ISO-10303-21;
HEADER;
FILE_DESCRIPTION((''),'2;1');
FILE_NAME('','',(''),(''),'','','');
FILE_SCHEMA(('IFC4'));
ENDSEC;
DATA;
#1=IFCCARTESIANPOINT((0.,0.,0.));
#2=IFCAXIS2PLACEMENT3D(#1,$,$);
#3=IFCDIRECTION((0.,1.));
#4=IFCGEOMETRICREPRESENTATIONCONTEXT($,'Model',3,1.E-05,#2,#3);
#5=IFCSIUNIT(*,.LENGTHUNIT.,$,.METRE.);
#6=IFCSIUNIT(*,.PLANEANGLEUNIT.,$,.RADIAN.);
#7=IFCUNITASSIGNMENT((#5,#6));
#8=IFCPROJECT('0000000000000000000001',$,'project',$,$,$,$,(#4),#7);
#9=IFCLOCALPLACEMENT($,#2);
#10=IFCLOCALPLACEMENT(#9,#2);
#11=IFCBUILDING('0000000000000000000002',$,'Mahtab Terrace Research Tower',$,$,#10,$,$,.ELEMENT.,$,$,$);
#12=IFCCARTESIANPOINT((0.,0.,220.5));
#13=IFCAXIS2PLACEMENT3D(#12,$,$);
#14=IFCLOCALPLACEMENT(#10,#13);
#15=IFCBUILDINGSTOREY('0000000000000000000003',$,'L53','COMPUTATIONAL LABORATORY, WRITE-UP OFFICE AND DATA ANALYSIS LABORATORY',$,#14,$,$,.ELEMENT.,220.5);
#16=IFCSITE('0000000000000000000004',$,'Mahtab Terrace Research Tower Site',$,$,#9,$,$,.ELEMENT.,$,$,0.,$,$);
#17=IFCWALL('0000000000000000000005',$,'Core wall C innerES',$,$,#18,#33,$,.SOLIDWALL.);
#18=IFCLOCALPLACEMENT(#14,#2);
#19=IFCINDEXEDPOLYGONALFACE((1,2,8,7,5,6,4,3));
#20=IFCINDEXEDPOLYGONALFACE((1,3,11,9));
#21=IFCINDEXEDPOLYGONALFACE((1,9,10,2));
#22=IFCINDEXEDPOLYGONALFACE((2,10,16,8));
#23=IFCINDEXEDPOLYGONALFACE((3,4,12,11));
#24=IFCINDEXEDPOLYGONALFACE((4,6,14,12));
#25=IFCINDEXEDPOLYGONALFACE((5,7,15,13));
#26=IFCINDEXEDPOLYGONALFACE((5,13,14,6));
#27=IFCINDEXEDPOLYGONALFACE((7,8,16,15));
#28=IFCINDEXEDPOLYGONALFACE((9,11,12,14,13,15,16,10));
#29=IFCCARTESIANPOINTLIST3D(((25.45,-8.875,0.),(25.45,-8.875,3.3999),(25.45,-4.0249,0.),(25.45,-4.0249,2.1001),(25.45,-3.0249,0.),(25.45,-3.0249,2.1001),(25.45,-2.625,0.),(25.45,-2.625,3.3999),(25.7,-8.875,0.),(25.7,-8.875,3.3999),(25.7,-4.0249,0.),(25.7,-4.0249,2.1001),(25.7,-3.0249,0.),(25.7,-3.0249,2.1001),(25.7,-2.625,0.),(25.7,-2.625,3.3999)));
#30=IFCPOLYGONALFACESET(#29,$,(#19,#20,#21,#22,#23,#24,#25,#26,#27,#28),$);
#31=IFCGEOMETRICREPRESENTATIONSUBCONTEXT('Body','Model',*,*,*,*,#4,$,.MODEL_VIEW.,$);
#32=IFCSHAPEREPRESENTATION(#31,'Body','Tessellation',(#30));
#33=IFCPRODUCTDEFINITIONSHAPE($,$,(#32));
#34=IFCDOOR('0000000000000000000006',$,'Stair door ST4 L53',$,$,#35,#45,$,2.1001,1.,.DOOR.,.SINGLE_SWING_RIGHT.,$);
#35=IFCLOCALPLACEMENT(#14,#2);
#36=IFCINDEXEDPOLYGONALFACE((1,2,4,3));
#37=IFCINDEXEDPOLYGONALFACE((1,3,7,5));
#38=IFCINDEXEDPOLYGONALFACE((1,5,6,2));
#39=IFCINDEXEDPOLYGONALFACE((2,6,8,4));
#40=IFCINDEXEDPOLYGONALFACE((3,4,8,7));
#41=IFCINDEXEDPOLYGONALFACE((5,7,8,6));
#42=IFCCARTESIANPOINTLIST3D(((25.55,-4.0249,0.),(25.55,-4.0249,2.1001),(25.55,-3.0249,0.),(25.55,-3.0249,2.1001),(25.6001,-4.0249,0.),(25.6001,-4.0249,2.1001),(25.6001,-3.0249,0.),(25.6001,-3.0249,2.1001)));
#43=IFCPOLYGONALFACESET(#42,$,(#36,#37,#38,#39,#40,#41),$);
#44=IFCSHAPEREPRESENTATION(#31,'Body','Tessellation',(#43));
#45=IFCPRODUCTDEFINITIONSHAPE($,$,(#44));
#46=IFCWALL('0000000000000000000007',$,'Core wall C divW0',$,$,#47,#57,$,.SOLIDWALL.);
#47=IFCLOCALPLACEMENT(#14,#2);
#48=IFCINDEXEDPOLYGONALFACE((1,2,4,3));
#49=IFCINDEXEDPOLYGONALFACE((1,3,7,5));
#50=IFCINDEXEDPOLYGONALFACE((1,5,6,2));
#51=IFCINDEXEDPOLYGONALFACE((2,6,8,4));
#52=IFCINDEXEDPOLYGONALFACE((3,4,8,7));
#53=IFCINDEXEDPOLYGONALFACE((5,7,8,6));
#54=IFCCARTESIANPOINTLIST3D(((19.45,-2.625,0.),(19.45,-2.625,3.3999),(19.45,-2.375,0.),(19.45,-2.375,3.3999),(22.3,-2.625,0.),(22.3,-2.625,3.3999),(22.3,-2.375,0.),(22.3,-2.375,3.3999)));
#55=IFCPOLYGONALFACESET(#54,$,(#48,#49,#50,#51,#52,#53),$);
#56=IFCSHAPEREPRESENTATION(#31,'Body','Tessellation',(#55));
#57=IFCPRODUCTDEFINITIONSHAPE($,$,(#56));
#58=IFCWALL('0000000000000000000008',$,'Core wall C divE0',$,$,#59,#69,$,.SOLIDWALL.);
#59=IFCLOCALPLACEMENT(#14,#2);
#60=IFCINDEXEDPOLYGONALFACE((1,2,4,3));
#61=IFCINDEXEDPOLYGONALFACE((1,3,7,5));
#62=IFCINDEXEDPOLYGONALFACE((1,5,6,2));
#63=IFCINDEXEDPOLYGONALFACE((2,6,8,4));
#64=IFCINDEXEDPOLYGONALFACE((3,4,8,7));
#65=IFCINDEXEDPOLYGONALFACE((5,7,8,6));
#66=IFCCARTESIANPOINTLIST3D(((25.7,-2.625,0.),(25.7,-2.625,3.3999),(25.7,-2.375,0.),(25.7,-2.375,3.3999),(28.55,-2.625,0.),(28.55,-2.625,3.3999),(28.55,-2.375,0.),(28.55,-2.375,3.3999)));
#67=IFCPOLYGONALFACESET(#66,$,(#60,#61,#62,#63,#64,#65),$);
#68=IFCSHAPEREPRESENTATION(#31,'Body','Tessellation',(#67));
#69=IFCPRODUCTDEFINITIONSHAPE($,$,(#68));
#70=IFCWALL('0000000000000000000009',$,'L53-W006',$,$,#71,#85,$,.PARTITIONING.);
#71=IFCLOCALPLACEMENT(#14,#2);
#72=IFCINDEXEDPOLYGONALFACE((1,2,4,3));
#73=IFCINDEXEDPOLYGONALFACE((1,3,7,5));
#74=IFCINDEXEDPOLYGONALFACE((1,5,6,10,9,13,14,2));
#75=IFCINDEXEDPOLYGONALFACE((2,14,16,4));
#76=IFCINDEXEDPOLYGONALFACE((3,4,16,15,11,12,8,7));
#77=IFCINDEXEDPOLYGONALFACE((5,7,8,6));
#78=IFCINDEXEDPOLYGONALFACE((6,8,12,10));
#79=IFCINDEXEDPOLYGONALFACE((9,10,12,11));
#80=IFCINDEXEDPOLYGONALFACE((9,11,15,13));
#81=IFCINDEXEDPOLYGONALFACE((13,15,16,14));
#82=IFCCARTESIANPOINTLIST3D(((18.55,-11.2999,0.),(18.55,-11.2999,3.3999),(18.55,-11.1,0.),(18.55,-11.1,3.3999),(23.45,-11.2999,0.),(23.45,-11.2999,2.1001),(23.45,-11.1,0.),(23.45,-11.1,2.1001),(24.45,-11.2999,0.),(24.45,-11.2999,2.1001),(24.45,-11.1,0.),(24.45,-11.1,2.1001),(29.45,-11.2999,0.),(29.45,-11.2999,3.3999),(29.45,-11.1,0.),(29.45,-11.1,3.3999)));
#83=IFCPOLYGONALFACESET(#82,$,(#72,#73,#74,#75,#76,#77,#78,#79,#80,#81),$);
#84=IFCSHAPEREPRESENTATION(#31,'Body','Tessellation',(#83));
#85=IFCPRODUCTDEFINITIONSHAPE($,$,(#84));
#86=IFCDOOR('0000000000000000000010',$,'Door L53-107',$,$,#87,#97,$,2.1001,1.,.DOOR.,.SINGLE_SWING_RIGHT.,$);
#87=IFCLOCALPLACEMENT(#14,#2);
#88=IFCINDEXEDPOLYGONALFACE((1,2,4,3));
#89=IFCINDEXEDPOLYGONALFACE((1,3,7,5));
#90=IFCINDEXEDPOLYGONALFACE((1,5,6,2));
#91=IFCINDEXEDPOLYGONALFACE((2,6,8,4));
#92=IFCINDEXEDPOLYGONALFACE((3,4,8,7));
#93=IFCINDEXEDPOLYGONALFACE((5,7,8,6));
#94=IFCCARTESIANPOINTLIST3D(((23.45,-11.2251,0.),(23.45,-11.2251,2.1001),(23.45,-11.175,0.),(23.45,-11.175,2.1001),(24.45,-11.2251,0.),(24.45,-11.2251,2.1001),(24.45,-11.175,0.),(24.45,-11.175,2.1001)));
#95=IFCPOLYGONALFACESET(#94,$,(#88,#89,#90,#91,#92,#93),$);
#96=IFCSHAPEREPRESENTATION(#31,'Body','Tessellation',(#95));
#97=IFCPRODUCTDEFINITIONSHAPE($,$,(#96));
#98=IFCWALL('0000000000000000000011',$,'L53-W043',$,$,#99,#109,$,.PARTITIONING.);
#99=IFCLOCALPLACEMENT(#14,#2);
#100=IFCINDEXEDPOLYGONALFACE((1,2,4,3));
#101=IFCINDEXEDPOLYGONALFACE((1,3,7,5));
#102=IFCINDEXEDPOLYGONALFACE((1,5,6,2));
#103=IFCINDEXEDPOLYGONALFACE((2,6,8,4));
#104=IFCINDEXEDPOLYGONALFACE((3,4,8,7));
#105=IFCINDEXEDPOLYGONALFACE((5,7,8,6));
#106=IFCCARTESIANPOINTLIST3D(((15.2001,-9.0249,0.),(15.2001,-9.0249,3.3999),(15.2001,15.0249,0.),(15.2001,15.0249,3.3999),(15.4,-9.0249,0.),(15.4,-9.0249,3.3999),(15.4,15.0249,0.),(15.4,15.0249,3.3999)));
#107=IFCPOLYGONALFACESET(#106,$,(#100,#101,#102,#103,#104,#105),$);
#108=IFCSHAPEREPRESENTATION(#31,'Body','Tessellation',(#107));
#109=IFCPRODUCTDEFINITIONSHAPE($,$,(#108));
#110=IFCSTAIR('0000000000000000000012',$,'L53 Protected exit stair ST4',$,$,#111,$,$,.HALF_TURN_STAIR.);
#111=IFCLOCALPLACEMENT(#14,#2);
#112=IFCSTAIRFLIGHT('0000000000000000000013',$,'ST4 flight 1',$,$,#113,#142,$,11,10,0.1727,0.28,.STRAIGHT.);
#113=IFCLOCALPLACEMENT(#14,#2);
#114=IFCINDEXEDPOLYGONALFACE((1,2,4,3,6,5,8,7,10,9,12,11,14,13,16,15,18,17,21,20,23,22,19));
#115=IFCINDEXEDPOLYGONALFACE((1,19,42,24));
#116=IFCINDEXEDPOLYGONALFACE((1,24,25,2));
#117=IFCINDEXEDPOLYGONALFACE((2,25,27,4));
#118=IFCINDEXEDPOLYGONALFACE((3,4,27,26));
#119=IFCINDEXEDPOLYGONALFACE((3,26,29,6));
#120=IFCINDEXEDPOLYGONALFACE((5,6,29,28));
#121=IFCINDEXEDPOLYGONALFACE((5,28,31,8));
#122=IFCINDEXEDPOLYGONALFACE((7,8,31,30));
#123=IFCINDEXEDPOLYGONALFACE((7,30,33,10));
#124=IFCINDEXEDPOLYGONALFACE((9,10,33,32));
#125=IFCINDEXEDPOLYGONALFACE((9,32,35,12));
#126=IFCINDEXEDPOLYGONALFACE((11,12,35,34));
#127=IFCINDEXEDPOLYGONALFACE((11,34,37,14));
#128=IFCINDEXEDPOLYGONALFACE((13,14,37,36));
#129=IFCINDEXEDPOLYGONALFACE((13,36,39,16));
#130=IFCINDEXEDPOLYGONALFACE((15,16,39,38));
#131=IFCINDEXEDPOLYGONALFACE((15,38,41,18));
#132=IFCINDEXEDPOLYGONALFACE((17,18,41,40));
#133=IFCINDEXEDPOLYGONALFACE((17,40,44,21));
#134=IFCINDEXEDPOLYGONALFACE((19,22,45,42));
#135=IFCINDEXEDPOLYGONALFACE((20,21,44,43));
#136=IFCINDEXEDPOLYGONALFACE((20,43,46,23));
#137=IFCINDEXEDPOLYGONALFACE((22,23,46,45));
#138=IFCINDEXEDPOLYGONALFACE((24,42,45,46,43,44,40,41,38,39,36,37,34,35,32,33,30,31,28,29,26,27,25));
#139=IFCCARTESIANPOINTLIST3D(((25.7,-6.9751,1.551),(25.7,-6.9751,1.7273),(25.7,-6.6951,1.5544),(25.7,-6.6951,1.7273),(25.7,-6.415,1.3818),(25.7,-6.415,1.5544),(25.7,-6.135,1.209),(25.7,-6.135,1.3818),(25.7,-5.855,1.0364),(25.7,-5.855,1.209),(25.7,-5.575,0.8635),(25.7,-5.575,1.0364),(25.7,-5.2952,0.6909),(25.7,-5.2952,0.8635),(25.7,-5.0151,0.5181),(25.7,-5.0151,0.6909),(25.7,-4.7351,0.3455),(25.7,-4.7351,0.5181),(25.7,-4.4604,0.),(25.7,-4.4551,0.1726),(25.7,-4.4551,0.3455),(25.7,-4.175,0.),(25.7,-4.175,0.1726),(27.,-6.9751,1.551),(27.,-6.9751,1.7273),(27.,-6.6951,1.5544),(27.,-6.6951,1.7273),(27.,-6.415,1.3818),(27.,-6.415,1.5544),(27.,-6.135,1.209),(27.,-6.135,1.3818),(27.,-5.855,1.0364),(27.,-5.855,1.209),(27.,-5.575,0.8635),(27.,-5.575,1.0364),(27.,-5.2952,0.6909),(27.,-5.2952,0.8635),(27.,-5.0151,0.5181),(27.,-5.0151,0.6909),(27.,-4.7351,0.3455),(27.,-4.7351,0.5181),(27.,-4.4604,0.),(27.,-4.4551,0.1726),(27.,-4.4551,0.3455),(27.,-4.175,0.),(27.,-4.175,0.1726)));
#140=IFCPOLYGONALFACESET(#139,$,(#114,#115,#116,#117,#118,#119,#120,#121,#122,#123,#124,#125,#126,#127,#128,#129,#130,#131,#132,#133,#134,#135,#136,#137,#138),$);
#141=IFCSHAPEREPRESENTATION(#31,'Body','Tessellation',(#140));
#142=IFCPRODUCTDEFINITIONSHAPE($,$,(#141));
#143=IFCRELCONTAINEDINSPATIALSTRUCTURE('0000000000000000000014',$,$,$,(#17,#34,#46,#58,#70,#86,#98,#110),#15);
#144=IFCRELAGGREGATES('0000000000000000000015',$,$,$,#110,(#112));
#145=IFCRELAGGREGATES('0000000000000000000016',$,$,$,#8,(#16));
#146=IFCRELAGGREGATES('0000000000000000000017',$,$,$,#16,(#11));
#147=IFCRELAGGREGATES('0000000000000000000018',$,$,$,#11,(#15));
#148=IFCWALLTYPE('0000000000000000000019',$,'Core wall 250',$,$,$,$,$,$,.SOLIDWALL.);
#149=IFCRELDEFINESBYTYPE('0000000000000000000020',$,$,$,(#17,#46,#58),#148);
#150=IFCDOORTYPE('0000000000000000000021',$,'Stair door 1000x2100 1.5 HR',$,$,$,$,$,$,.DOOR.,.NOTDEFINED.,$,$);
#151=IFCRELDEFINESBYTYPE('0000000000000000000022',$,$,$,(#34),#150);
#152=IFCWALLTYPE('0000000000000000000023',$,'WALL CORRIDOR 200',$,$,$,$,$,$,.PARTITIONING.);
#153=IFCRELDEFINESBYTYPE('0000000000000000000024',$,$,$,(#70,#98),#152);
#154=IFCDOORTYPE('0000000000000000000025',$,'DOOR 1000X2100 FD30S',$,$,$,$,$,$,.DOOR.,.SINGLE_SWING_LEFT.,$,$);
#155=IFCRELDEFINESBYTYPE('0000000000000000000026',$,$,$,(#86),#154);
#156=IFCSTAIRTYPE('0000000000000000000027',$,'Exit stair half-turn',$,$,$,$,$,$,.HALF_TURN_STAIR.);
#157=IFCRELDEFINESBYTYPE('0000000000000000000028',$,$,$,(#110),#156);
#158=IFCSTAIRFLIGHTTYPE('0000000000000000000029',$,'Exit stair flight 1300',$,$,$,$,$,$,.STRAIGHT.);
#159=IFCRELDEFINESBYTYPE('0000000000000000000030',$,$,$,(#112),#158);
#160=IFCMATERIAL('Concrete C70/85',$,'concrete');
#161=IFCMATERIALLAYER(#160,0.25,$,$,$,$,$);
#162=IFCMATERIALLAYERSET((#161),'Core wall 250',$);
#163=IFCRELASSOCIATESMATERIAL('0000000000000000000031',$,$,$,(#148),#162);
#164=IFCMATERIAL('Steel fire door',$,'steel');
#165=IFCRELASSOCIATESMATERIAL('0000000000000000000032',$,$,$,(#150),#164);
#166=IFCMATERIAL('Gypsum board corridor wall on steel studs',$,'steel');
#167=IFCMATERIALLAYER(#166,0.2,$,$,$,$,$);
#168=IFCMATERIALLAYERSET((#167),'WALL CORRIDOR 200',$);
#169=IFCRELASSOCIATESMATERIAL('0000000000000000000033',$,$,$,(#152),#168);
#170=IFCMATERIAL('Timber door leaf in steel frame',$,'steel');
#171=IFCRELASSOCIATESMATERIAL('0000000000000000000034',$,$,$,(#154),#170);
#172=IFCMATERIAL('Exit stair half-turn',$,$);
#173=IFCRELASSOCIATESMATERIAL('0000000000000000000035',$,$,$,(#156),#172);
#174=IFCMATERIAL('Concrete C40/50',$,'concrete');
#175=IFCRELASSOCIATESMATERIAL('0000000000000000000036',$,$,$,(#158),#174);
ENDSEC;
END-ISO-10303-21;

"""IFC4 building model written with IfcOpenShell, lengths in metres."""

from ifc_helpers import new_model, si_unit, direction, frame, frame_2d, origin, place, context, subcontext, project, spatial, polyline, rectangle, outline, extrude, material, layer, layer_set, type_object, element, fill, aggregate, save


model = new_model("IFC4")

# Units and contexts
model_context = context("Model", 3, precision=1e-05, world=origin(), true_north=direction((0.0, 1.0)))
body_context = subcontext(model_context, "Body", "Model", "MODEL_VIEW")
ifc_project = project(units=[si_unit("LENGTHUNIT", "METRE"), si_unit("PLANEANGLEUNIT", "RADIAN")], contexts=[model_context])

# Site, building, storey
site_placement = place(None, origin())
site = spatial("IfcSite", under=ifc_project, at=site_placement, Name="Mahtab Terrace Research Tower Site", CompositionType="ELEMENT", RefElevation=0.0)
building_placement = place(site_placement, origin())
building = spatial("IfcBuilding", under=site, at=building_placement, Name="Mahtab Terrace Research Tower", CompositionType="ELEMENT")
storey_placement = place(building_placement, frame((0.0, 0.0, 220.5)))
storey = spatial("IfcBuildingStorey", under=building, at=storey_placement, Name="L53", Description="COMPUTATIONAL LABORATORY, WRITE-UP OFFICE AND DATA ANALYSIS LABORATORY", CompositionType="ELEMENT", Elevation=220.5)

# Shared definitions
ifc_material_1 = material(Name="Concrete C70/85", Category="concrete")

# Shared definitions
ifc_layer_1 = layer(ifc_material_1, 0.25)
ifc_layer_set_1 = layer_set([ifc_layer_1], Name="Core wall 250")
wall_type_1 = type_object("IfcWallType", Name="Core wall 250", PredefinedType="SOLIDWALL", material=ifc_layer_set_1)
ifc_material_2 = material(Name="Steel fire door", Category="steel")

# Wall, opening, door
wall_1_placement = place(storey_placement, frame((25.575, -8.875, 0.0), z_axis=(0.0, 0.0, 1.0), x_axis=(0.0, 1.0, 0.0)))
wall_1 = element("IfcWall", 1, at=wall_1_placement, inside=storey, type_object=wall_type_1, Name="Core wall C innerES", PredefinedType="SOLIDWALL", context=body_context, shape_type="SweptSolid", body=[
    extrude(rectangle(XDim=6.25, YDim=0.25, at=frame_2d((3.125, 0.0))), origin(), (0.0, 0.0, 1.0), 3.3999),
])
opening_1_placement = place(wall_1_placement, frame((4.8501, 0.0, 0.0)))
opening_1 = element("IfcOpeningElement", 2, at=opening_1_placement, cuts=wall_1, PredefinedType="OPENING", context=body_context, shape_type="SweptSolid", body=[
    extrude(rectangle(XDim=1.0, YDim=2.1001, at=frame_2d((0.5, 1.05))), frame((0.0, 0.135, 0.0), z_axis=(0.0, -1.0, 0.0), x_axis=(1.0, 0.0, 0.0)), (0.0, 0.0, 1.0), 0.27),
])
door_type_1 = type_object("IfcDoorType", Name="Stair door 1000x2100 1.5 HR", OperationType="NOTDEFINED", PredefinedType="DOOR", material=ifc_material_2)
door_1_placement = place(opening_1_placement, origin())
door_1 = element("IfcDoor", 3, at=door_1_placement, inside=storey, type_object=door_type_1, Name="Stair door ST4 L53", OperationType="SINGLE_SWING_RIGHT", OverallHeight=2.1001, OverallWidth=1.0, PredefinedType="DOOR", context=body_context, shape_type="SweptSolid", body=[
    extrude(rectangle(XDim=1.0, YDim=2.1001, at=frame_2d((0.5, 1.05))), frame((0.0, 0.0249, 0.0), z_axis=(0.0, -1.0, 0.0), x_axis=(1.0, 0.0, 0.0)), (0.0, 0.0, 1.0), 0.05),
])
fill(opening_1, door_1)

# Walls
for number, where, z_axis, x_axis, name in (
    (4, (19.45, -2.5, 0.0), (0.0, 0.0, 1.0), (1.0, 0.0, 0.0), "Core wall C divW0"),
    (5, (25.7, -2.5, 0.0), (0.0, 0.0, 1.0), (1.0, 0.0, 0.0), "Core wall C divE0"),
):
    element("IfcWall", number, at=place(storey_placement, frame(where, z_axis=z_axis, x_axis=x_axis)), inside=storey, type_object=wall_type_1, Name=name, PredefinedType="SOLIDWALL", context=body_context, shape_type="SweptSolid", body=[
        extrude(rectangle(XDim=2.8501, YDim=0.25, at=frame_2d((1.425, 0.0))), origin(), (0.0, 0.0, 1.0), 3.3999),
    ])

# Wall, opening, door
ifc_material_3 = material(Name="Gypsum board corridor wall on steel studs", Category="steel")
ifc_layer_2 = layer(ifc_material_3, 0.2)
ifc_layer_set_2 = layer_set([ifc_layer_2], Name="WALL CORRIDOR 200")
wall_type_2 = type_object("IfcWallType", Name="WALL CORRIDOR 200", PredefinedType="PARTITIONING", material=ifc_layer_set_2)
wall_2_placement = place(storey_placement, frame((18.55, -11.2, 0.0), z_axis=(0.0, 0.0, 1.0), x_axis=(1.0, 0.0, 0.0)))
wall_2 = element("IfcWall", 6, at=wall_2_placement, inside=storey, type_object=wall_type_2, Name="L53-W006", PredefinedType="PARTITIONING", context=body_context, shape_type="SweptSolid", body=[
    extrude(rectangle(XDim=10.8999, YDim=0.2, at=frame_2d((5.45, 0.0))), origin(), (0.0, 0.0, 1.0), 3.3999),
])
opening_2_placement = place(wall_2_placement, frame((4.8999, 0.0, 0.0)))
opening_2 = element("IfcOpeningElement", 7, at=opening_2_placement, cuts=wall_2, PredefinedType="OPENING", context=body_context, shape_type="SweptSolid", body=[
    extrude(rectangle(XDim=1.0, YDim=2.1001, at=frame_2d((0.5, 1.05))), frame((0.0, 0.1099, 0.0), z_axis=(0.0, -1.0, 0.0), x_axis=(1.0, 0.0, 0.0)), (0.0, 0.0, 1.0), 0.22),
])
ifc_material_4 = material(Name="Timber door leaf in steel frame", Category="steel")
door_type_2 = type_object("IfcDoorType", Name="DOOR 1000X2100 FD30S", OperationType="SINGLE_SWING_LEFT", PredefinedType="DOOR", material=ifc_material_4)
door_2_placement = place(opening_2_placement, origin())
door_2 = element("IfcDoor", 8, at=door_2_placement, inside=storey, type_object=door_type_2, Name="Door L53-107", OperationType="SINGLE_SWING_RIGHT", OverallHeight=2.1001, OverallWidth=1.0, PredefinedType="DOOR", context=body_context, shape_type="SweptSolid", body=[
    extrude(rectangle(XDim=1.0, YDim=2.1001, at=frame_2d((0.5, 1.05))), frame((0.0, 0.0249, 0.0), z_axis=(0.0, -1.0, 0.0), x_axis=(1.0, 0.0, 0.0)), (0.0, 0.0, 1.0), 0.05),
])
fill(opening_2, door_2)

# Wall
wall_3_placement = place(storey_placement, frame((15.3, -9.0249, 0.0), z_axis=(0.0, 0.0, 1.0), x_axis=(0.0, 1.0, 0.0)))
element("IfcWall", 9, at=wall_3_placement, inside=storey, type_object=wall_type_2, Name="L53-W043", PredefinedType="PARTITIONING", context=body_context, shape_type="SweptSolid", body=[
    extrude(rectangle(XDim=24.0498, YDim=0.2, at=frame_2d((12.0249, 0.0))), origin(), (0.0, 0.0, 1.0), 3.3999),
])

# Stair, stair flight
ifc_material_5 = material(Name="Exit stair half-turn")
stair_type = type_object("IfcStairType", Name="Exit stair half-turn", PredefinedType="HALF_TURN_STAIR", material=ifc_material_5)
stair_placement = place(storey_placement, origin())
stair = element("IfcStair", 10, at=stair_placement, inside=storey, type_object=stair_type, Name="L53 Protected exit stair ST4", PredefinedType="HALF_TURN_STAIR")
ifc_material_6 = material(Name="Concrete C40/50", Category="concrete")
stair_flight_type = type_object("IfcStairFlightType", Name="Exit stair flight 1300", PredefinedType="STRAIGHT", material=ifc_material_6)
stair_flight_placement = place(storey_placement, frame((26.3501, -4.175, 0.0), z_axis=(0.0, 0.0, 1.0), x_axis=(0.0, -1.0, 0.0)))
stair_flight = element("IfcStairFlight", 11, at=stair_flight_placement, type_object=stair_flight_type, Name="ST4 flight 1", NumberOfRisers=11, NumberOfTreads=10, PredefinedType="STRAIGHT", RiserHeight=0.1727, TreadLength=0.28, context=body_context, shape_type="SweptSolid", body=[
    extrude(outline(polyline([(0.0, 0.0), (0.0, 0.1726), (0.28, 0.1726), (0.28, 0.3455), (0.5601, 0.3455), (0.5601, 0.5181), (0.8401, 0.5181), (0.8401, 0.6909), (1.1201, 0.6909), (1.1201, 0.8635), (1.3999, 0.8635), (1.3999, 1.0364), (1.6799, 1.0364), (1.6799, 1.209), (1.96, 1.209), (1.96, 1.3818), (2.24, 1.3818), (2.24, 1.5544), (2.52, 1.5544), (2.52, 1.7273), (2.8, 1.7273), (2.8, 1.8999), (2.8, 1.551), (0.2854, 0.0), (0.0, 0.0)])), frame((0.0, 0.6499, 0.0), z_axis=(0.0, -1.0, 0.0), x_axis=(1.0, 0.0, 0.0)), (0.0, 0.0, 1.0), 1.3),
])
aggregate(stair, [stair_flight])

save(model, "model.ifc")
